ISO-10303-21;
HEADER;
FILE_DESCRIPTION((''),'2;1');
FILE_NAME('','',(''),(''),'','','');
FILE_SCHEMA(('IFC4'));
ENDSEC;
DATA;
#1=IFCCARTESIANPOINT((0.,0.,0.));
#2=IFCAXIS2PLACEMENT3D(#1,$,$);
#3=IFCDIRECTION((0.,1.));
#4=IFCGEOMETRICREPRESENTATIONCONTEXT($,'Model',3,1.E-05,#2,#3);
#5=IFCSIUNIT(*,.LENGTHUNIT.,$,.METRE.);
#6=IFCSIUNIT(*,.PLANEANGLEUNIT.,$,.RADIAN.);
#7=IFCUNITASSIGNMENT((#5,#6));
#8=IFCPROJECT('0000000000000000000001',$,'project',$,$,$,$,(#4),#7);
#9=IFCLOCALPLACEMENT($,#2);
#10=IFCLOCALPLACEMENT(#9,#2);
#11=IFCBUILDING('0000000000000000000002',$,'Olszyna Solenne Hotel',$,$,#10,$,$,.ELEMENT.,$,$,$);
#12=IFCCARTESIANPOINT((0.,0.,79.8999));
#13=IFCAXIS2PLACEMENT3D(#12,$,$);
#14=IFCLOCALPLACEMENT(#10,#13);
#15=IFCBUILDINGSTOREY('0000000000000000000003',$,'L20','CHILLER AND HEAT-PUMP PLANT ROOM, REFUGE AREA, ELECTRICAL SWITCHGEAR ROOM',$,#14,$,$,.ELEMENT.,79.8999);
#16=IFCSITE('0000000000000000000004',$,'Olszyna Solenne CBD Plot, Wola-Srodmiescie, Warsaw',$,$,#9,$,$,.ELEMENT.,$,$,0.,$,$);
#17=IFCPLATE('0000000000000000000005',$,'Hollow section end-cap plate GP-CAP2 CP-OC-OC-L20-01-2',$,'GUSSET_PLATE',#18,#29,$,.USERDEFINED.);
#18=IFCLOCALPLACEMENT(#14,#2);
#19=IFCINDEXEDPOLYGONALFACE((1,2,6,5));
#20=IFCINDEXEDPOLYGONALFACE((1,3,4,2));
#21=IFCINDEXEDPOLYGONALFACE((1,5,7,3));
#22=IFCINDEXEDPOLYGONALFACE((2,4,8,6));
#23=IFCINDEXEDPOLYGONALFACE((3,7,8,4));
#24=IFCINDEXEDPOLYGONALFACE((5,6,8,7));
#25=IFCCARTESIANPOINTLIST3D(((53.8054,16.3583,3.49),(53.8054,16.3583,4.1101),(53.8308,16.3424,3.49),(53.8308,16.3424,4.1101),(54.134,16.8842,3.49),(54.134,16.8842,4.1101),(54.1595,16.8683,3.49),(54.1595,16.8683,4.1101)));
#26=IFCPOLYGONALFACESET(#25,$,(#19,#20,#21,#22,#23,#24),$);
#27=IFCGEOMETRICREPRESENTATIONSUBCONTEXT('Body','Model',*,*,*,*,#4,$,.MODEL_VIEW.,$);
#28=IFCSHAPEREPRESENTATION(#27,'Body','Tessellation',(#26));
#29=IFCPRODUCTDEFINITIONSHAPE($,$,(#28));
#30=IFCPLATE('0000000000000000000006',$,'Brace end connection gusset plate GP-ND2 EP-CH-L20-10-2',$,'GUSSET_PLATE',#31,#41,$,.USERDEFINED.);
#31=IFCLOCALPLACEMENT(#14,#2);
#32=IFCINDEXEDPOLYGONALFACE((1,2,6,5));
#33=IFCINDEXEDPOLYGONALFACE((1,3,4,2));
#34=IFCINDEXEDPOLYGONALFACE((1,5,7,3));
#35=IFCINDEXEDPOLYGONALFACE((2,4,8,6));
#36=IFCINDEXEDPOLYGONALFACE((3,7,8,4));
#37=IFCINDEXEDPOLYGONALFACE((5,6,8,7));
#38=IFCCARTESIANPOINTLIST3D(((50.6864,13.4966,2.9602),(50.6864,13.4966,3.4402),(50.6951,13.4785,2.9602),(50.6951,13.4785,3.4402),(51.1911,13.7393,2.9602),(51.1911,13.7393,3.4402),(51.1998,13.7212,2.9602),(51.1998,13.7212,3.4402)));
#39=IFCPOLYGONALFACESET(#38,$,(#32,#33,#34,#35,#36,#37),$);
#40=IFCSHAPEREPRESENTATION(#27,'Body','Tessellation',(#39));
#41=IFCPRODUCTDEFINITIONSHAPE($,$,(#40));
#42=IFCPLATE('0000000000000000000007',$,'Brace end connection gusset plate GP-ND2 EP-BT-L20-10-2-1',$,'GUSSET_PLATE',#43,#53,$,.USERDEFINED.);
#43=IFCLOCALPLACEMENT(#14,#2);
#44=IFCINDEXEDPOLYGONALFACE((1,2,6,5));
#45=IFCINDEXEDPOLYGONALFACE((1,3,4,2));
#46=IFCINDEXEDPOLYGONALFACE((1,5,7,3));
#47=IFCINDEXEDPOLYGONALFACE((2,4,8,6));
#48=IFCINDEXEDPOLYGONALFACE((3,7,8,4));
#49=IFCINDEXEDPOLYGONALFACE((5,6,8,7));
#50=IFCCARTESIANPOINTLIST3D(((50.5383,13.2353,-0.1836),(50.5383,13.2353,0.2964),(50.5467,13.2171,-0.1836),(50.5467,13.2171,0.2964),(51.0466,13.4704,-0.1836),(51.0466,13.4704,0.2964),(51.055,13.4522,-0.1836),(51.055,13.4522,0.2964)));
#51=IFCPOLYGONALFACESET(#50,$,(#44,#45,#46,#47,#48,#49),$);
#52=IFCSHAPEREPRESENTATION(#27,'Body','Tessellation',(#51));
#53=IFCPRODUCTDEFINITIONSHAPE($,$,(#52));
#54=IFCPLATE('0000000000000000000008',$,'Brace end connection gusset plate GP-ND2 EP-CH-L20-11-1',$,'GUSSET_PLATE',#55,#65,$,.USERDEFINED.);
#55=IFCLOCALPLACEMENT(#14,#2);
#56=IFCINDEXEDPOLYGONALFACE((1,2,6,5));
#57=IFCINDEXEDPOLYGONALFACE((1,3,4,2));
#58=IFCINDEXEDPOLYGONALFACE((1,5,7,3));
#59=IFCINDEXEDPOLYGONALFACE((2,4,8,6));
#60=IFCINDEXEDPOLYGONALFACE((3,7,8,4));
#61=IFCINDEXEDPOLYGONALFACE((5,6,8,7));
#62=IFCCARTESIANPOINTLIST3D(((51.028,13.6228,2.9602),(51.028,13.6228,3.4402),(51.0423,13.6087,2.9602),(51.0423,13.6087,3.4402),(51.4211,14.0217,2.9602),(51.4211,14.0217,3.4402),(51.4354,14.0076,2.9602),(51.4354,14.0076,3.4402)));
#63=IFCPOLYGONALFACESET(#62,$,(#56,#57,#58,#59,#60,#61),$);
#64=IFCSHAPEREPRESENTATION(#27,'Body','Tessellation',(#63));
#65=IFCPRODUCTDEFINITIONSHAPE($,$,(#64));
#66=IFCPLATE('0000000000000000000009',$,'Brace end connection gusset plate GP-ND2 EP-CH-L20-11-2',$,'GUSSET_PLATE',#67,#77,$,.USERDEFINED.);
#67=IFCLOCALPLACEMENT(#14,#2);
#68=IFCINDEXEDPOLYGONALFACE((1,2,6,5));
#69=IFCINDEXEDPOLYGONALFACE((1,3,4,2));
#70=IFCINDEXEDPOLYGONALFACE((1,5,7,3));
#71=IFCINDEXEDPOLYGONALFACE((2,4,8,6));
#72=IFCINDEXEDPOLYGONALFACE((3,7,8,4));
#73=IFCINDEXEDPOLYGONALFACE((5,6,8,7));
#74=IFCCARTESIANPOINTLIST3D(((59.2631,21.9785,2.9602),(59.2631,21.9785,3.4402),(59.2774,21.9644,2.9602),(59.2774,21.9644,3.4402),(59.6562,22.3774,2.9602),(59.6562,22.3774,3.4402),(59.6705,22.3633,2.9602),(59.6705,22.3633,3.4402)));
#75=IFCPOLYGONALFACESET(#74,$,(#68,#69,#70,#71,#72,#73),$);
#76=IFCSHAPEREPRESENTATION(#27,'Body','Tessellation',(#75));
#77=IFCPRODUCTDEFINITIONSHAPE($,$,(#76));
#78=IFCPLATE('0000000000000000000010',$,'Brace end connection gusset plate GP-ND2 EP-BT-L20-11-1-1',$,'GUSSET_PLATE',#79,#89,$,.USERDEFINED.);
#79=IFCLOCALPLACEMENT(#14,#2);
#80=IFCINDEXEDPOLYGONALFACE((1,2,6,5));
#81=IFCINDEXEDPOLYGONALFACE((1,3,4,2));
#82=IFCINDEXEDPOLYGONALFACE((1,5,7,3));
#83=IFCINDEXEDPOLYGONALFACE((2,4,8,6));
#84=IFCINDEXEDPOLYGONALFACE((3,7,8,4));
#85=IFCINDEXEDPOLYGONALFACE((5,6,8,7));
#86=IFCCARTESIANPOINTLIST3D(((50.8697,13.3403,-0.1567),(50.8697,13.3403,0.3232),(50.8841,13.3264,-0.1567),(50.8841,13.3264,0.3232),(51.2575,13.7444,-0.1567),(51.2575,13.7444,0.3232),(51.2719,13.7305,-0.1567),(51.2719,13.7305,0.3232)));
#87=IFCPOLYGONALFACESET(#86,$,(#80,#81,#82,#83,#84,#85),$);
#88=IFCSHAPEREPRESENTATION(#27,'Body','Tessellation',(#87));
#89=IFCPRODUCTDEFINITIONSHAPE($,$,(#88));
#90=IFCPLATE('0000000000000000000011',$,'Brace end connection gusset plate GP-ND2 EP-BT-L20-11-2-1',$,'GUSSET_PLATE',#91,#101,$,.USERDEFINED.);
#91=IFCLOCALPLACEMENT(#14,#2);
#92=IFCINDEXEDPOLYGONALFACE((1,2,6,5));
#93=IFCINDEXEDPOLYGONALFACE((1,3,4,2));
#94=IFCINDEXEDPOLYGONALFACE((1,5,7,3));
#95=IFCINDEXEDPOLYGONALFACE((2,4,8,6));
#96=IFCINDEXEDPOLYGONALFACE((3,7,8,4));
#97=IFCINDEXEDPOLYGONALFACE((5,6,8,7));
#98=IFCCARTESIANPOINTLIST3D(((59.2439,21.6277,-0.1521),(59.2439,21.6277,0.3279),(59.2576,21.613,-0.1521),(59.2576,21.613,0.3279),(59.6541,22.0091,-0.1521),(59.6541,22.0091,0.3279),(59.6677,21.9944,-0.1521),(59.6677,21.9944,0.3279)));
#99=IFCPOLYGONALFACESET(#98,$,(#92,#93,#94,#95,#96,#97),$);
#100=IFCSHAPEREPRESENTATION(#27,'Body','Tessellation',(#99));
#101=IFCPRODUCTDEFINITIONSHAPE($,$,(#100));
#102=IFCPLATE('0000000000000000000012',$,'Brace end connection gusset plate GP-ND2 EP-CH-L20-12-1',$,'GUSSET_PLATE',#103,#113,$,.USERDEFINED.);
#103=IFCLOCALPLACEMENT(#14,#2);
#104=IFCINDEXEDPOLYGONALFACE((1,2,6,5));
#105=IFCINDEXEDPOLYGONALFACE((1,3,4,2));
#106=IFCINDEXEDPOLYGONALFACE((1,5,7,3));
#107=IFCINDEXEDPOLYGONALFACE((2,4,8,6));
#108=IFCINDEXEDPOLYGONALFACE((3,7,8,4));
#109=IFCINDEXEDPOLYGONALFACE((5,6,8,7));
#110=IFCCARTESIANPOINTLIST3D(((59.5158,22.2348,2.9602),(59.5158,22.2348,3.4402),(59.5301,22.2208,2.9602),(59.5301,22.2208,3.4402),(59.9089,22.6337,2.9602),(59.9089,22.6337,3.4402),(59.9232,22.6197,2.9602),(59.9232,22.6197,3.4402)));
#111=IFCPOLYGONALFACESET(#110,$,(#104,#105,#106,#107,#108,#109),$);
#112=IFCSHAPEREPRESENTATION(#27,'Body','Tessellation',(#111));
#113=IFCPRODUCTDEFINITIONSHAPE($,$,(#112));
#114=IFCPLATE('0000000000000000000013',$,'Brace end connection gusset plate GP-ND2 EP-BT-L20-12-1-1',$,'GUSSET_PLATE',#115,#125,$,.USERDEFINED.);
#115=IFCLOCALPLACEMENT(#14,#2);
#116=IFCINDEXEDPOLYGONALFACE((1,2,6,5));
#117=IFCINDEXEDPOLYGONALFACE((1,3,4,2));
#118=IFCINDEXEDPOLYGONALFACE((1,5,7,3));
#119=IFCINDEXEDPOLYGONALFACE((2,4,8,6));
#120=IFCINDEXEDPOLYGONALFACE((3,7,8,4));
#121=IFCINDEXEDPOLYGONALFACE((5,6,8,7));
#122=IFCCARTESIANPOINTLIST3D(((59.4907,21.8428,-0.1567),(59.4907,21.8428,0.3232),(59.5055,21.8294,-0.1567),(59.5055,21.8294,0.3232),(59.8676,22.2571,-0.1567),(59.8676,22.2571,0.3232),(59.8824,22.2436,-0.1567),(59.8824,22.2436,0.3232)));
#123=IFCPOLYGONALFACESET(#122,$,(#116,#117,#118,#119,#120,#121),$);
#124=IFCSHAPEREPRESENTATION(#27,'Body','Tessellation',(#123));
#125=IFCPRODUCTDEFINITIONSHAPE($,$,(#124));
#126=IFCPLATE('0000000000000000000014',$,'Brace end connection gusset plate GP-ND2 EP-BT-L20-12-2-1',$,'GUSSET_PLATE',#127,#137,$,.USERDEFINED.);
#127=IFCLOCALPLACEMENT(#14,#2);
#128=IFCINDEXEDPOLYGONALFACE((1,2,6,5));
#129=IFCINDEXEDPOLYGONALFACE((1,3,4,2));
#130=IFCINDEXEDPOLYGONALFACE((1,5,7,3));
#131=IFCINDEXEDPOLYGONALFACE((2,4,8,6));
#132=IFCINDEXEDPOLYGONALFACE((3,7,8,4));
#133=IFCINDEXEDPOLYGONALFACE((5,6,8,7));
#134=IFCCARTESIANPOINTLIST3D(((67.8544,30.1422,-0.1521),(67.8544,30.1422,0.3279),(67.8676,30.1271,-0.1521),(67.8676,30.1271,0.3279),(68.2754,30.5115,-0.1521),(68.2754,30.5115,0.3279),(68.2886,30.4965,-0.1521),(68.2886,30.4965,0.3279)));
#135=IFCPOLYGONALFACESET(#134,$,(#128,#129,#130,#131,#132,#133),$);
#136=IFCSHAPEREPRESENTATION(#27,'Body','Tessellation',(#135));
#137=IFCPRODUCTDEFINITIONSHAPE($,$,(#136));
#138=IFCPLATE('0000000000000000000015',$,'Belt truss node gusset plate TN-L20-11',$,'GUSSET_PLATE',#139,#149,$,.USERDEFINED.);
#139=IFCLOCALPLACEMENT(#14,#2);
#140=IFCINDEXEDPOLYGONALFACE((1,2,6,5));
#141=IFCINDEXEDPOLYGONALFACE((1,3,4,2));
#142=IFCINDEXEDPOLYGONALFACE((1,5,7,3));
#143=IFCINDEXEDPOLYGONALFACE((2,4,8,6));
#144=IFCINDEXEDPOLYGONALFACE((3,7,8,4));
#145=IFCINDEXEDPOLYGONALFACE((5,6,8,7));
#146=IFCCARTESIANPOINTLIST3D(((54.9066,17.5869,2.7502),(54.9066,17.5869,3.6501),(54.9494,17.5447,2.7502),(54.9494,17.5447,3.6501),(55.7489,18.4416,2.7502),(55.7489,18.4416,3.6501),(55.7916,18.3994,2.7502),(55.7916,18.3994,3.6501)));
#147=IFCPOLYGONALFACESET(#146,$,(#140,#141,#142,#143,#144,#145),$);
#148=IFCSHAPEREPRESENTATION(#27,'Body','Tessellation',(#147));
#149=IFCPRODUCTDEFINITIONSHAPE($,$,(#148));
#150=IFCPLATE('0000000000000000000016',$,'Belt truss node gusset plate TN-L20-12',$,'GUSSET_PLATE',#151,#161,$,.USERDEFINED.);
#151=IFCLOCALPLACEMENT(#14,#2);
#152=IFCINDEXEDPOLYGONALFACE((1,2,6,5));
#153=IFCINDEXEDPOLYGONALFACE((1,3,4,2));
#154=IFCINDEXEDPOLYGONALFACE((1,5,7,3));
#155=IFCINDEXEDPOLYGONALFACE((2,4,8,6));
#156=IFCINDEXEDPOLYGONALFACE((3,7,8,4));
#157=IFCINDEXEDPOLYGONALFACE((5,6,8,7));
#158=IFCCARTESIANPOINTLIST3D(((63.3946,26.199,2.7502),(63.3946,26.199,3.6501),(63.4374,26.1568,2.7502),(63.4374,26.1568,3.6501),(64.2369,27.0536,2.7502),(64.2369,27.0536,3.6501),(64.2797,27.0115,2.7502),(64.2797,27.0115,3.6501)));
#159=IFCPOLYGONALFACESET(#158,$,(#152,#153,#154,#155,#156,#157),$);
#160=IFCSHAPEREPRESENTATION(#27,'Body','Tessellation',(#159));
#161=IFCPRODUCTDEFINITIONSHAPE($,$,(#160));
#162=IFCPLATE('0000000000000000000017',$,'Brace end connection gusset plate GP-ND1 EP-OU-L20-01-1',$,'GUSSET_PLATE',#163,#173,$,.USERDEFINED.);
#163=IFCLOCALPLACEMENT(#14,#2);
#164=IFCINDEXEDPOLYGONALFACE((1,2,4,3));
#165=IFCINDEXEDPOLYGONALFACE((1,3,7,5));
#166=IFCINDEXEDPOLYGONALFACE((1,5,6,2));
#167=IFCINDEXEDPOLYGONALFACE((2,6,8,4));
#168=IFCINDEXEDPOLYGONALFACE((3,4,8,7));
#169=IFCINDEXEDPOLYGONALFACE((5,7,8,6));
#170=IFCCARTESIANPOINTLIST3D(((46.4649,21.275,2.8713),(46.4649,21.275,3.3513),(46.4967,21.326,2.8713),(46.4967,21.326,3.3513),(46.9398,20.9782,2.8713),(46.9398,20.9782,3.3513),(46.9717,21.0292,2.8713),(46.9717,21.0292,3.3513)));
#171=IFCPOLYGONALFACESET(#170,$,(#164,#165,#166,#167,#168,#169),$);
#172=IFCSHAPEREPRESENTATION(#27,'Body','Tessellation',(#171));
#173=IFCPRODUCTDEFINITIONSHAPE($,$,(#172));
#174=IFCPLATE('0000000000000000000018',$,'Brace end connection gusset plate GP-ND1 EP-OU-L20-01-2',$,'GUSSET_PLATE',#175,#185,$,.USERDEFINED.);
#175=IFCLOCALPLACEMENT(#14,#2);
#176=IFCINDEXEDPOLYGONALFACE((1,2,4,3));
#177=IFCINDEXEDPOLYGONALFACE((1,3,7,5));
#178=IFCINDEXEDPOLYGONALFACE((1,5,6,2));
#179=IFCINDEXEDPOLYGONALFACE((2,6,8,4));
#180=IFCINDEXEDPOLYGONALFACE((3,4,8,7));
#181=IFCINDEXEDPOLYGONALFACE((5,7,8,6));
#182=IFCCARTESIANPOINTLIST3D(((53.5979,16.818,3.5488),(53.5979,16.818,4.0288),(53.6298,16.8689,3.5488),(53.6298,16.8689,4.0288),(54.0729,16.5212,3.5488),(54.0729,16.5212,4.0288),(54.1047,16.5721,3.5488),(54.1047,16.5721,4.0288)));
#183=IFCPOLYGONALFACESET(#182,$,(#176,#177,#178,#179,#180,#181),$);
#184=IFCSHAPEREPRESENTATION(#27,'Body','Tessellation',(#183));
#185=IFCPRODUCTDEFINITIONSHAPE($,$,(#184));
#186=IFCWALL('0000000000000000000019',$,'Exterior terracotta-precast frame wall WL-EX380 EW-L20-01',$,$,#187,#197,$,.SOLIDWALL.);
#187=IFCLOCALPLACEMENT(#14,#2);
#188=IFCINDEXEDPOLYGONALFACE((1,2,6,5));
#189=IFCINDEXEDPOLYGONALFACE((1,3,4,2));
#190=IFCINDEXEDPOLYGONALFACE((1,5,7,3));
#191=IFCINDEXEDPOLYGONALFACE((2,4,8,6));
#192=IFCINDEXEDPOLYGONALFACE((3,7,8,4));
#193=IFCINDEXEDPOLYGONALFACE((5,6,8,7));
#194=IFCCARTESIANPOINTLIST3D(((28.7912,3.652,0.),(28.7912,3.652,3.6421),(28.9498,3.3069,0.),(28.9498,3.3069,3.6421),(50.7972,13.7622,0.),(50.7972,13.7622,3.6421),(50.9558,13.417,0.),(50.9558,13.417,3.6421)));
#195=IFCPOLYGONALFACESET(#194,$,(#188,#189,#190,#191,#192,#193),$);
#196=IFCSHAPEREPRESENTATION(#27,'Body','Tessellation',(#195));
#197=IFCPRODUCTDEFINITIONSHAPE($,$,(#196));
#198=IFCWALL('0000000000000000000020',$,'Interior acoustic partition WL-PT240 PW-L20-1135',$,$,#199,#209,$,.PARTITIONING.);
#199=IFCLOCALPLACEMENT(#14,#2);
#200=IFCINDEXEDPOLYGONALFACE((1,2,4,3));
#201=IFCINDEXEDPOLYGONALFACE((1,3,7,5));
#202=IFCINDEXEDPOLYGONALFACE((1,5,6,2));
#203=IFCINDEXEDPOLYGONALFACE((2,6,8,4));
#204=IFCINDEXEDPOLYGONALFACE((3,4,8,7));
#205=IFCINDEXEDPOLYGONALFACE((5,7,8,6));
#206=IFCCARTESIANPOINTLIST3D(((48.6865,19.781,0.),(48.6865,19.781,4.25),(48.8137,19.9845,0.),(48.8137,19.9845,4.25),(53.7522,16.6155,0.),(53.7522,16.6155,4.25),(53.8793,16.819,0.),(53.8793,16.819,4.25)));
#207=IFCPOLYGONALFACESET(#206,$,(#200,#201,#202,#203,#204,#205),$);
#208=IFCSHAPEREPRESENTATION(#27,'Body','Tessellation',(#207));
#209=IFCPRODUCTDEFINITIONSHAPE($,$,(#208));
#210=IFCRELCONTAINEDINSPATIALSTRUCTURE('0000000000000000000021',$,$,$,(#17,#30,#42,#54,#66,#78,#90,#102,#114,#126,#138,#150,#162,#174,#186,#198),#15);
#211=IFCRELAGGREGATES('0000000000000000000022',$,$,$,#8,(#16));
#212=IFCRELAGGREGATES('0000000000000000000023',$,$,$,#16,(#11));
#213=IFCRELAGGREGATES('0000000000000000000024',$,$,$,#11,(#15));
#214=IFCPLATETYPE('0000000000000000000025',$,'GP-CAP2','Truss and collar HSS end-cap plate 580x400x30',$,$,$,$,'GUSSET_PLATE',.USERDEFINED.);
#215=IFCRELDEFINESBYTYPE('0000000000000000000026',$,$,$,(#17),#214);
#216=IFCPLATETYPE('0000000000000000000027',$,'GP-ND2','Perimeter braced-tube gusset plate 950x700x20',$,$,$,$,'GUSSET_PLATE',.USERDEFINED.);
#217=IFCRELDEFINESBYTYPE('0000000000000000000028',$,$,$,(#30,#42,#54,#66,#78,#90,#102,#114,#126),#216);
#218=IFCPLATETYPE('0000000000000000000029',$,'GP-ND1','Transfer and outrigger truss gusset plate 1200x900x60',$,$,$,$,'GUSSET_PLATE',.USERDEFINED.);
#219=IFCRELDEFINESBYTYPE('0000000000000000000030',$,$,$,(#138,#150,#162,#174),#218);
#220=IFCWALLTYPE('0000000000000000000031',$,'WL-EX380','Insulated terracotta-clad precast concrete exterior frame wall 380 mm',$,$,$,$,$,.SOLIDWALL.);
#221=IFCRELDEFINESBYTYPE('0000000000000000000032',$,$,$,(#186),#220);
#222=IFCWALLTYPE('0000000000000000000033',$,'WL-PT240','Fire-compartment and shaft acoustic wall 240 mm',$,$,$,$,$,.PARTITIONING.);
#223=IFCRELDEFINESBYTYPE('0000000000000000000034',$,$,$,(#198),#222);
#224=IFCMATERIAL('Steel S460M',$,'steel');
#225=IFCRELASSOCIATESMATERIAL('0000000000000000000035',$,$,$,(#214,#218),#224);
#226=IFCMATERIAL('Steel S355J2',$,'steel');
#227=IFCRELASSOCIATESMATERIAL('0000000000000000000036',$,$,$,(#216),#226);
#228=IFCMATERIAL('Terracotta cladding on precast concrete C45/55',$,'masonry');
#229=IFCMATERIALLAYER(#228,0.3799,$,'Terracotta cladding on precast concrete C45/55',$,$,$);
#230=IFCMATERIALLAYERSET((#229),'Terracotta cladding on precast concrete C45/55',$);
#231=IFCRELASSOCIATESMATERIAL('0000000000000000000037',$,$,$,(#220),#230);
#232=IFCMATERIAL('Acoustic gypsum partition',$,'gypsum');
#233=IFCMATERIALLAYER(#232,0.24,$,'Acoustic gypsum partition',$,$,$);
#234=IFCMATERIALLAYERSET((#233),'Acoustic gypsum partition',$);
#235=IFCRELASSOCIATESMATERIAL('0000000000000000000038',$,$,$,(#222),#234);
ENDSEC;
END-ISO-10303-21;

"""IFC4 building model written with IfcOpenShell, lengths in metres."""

from ifc_helpers import new_model, si_unit, direction, frame, frame_2d, origin, origin_2d, place, context, subcontext, project, spatial, rectangle, extrude, source, transform, mapped, material, layer, layer_set, type_object, element, save


model = new_model("IFC4")

# Units and contexts
model_context = context("Model", 3, precision=1e-05, world=origin(), true_north=direction((0.0, 1.0)))
body_context = subcontext(model_context, "Body", "Model", "MODEL_VIEW")
ifc_project = project(units=[si_unit("LENGTHUNIT", "METRE"), si_unit("PLANEANGLEUNIT", "RADIAN")], contexts=[model_context])

# Site, building, storey
site_placement = place(None, origin())
site = spatial("IfcSite", under=ifc_project, at=site_placement, Name="Olszyna Solenne CBD Plot, Wola-Srodmiescie, Warsaw", CompositionType="ELEMENT", RefElevation=0.0)
building_placement = place(site_placement, origin())
building = spatial("IfcBuilding", under=site, at=building_placement, Name="Olszyna Solenne Hotel", CompositionType="ELEMENT")
storey_placement = place(building_placement, frame((0.0, 0.0, 79.8999)))
storey = spatial("IfcBuildingStorey", under=building, at=storey_placement, Name="L20", Description="CHILLER AND HEAT-PUMP PLANT ROOM, REFUGE AREA, ELECTRICAL SWITCHGEAR ROOM", CompositionType="ELEMENT", Elevation=79.8999)

# Shared definitions
ifc_material_1 = material(Name="Steel S460M", Category="steel")

# Shared definitions
ifc_material_2 = material(Name="Steel S355J2", Category="steel")

# Plates
plate_type_1 = type_object("IfcPlateType", Name="GP-CAP2", Description="Truss and collar HSS end-cap plate 580x400x30", ElementType="GUSSET_PLATE", PredefinedType="USERDEFINED", material=ifc_material_1)
shared_shape_1 = source(origin(), body_context, "Body", "SweptSolid", [
    extrude(rectangle(XDim=0.03, YDim=0.6201, at=origin_2d()), origin(), (0.0, 0.0, 1.0), 0.6201),
])
plate_placement = place(storey_placement, frame((53.9824, 16.6133, 3.49), z_axis=(0.0, 0.0, 1.0), x_axis=(0.848048, -0.529919, 0.0)))
element("IfcPlate", 1, at=plate_placement, inside=storey, type_object=plate_type_1, Name="Hollow section end-cap plate GP-CAP2 CP-OC-OC-L20-01-2", ObjectType="GUSSET_PLATE", PredefinedType="USERDEFINED", context=body_context, shape_type="MappedRepresentation", body=[
    mapped(shared_shape_1, transform((0.0, 0.0, 0.0), x_axis=(1.0, 0.0, 0.0), y_axis=(0.0, 1.0, 0.0), z_axis=(0.0, 0.0, 1.0), scale=1.0)),
])
plate_type_2 = type_object("IfcPlateType", Name="GP-ND2", Description="Perimeter braced-tube gusset plate 950x700x20", ElementType="GUSSET_PLATE", PredefinedType="USERDEFINED", material=ifc_material_2)
shared_shape_2 = source(origin(), body_context, "Body", "SweptSolid", [
    extrude(rectangle(XDim=0.5601, YDim=0.02, at=origin_2d()), origin(), (0.0, 0.0, 1.0), 0.48),
])
for number, where, z_axis, x_axis, name in (
    (2, (50.9431, 13.6089, 2.9602), (0.0, 0.0, 1.0), (0.901228, 0.433345, 0.0), "Brace end connection gusset plate GP-ND2 EP-CH-L20-10-2"),
    (3, (50.7966, 13.3438, -0.1836), (0.0, 0.0, 1.0), (-0.907631, -0.419769, 0.0), "Brace end connection gusset plate GP-ND2 EP-BT-L20-10-2-1"),
    (4, (51.2317, 13.8152, 2.9602), (0.0, 0.0, 1.0), (0.701904, 0.712271, 0.0), "Brace end connection gusset plate GP-ND2 EP-CH-L20-11-1"),
    (5, (59.4668, 22.1709, 2.9602), (0.0, 0.0, 1.0), (0.701904, 0.712271, 0.0), "Brace end connection gusset plate GP-ND2 EP-CH-L20-11-2"),
    (6, (51.0708, 13.5354, -0.1567), (0.0, 0.0, 1.0), (0.692395, 0.721519, 0.0), "Brace end connection gusset plate GP-ND2 EP-BT-L20-11-1-1"),
    (7, (59.4558, 21.811, -0.1521), (0.0, 0.0, 1.0), (-0.732305, -0.680977, 0.0), "Brace end connection gusset plate GP-ND2 EP-BT-L20-11-2-1"),
    (8, (59.7195, 22.4272, 2.9602), (0.0, 0.0, 1.0), (0.701904, 0.712271, 0.0), "Brace end connection gusset plate GP-ND2 EP-CH-L20-12-1"),
    (9, (59.6865, 22.0432, -0.1567), (0.0, 0.0, 1.0), (0.673013, 0.739631, 0.0), "Brace end connection gusset plate GP-ND2 EP-BT-L20-12-1-1"),
    (10, (68.0715, 30.3193, -0.1521), (0.0, 0.0, 1.0), (-0.751725, -0.659477, 0.0), "Brace end connection gusset plate GP-ND2 EP-BT-L20-12-2-1"),
):
    element("IfcPlate", number, at=place(storey_placement, frame(where, z_axis=z_axis, x_axis=x_axis)), inside=storey, type_object=plate_type_2, Name=name, ObjectType="GUSSET_PLATE", PredefinedType="USERDEFINED", context=body_context, shape_type="MappedRepresentation", body=[
        mapped(shared_shape_2, transform((0.0, 0.0, 0.0), x_axis=(1.0, 0.0, 0.0), y_axis=(0.0, 1.0, 0.0), z_axis=(0.0, 0.0, 1.0), scale=1.0)),
    ])
plate_type_3 = type_object("IfcPlateType", Name="GP-ND1", Description="Transfer and outrigger truss gusset plate 1200x900x60", ElementType="GUSSET_PLATE", PredefinedType="USERDEFINED", material=ifc_material_1)
shared_shape_3 = source(origin(), body_context, "Body", "SweptSolid", [
    extrude(rectangle(XDim=1.2, YDim=0.0601, at=origin_2d()), origin(), (0.0, 0.0, 1.0), 0.8999),
])
for number, where, z_axis, x_axis, name in (
    (11, (55.3491, 17.9932, 2.7502), (0.0, 0.0, 1.0), (0.701904, 0.712271, 0.0), "Belt truss node gusset plate TN-L20-11"),
    (12, (63.8372, 26.6052, 2.7502), (0.0, 0.0, 1.0), (0.701904, 0.712271, 0.0), "Belt truss node gusset plate TN-L20-12"),
):
    element("IfcPlate", number, at=place(storey_placement, frame(where, z_axis=z_axis, x_axis=x_axis)), inside=storey, type_object=plate_type_3, Name=name, ObjectType="GUSSET_PLATE", PredefinedType="USERDEFINED", context=body_context, shape_type="MappedRepresentation", body=[
        mapped(shared_shape_3, transform((0.0, 0.0, 0.0), x_axis=(1.0, 0.0, 0.0), y_axis=(0.0, 1.0, 0.0), z_axis=(0.0, 0.0, 1.0), scale=1.0)),
    ])
shared_shape_4 = source(origin(), body_context, "Body", "SweptSolid", [
    extrude(rectangle(XDim=0.5601, YDim=0.0601, at=origin_2d()), origin(), (0.0, 0.0, 1.0), 0.48),
])
for number, where, z_axis, x_axis, name in (
    (13, (46.7183, 21.1521, 2.8713), (0.0, 0.0, 1.0), (0.848048, -0.529919, 0.0), "Brace end connection gusset plate GP-ND1 EP-OU-L20-01-1"),
    (14, (53.8513, 16.6951, 3.5488), (0.0, 0.0, 1.0), (0.848048, -0.529919, 0.0), "Brace end connection gusset plate GP-ND1 EP-OU-L20-01-2"),
):
    element("IfcPlate", number, at=place(storey_placement, frame(where, z_axis=z_axis, x_axis=x_axis)), inside=storey, type_object=plate_type_3, Name=name, ObjectType="GUSSET_PLATE", PredefinedType="USERDEFINED", context=body_context, shape_type="MappedRepresentation", body=[
        mapped(shared_shape_4, transform((0.0, 0.0, 0.0), x_axis=(1.0, 0.0, 0.0), y_axis=(0.0, 1.0, 0.0), z_axis=(0.0, 0.0, 1.0), scale=1.0)),
    ])

# Walls
ifc_material_3 = material(Name="Terracotta cladding on precast concrete C45/55", Category="masonry")
ifc_layer_1 = layer(ifc_material_3, 0.3799, Name="Terracotta cladding on precast concrete C45/55")
ifc_layer_set_1 = layer_set([ifc_layer_1], Name="Terracotta cladding on precast concrete C45/55")
wall_type_1 = type_object("IfcWallType", Name="WL-EX380", Description="Insulated terracotta-clad precast concrete exterior frame wall 380 mm", PredefinedType="SOLIDWALL", material=ifc_layer_set_1)
wall_1_placement = place(storey_placement, frame((50.8765, 13.5896, 0.0), z_axis=(0.0, 0.0, 1.0), x_axis=(-0.908688, -0.417477, 0.0)))
element("IfcWall", 15, at=wall_1_placement, inside=storey, type_object=wall_type_1, Name="Exterior terracotta-precast frame wall WL-EX380 EW-L20-01", PredefinedType="SOLIDWALL", context=body_context, shape_type="SweptSolid", body=[
    extrude(rectangle(XDim=24.2173, YDim=0.3799, at=frame_2d((12.1086, 0.0))), origin(), (0.0, 0.0, 1.0), 3.6421),
])
ifc_material_4 = material(Name="Acoustic gypsum partition", Category="gypsum")
ifc_layer_2 = layer(ifc_material_4, 0.24, Name="Acoustic gypsum partition")
ifc_layer_set_2 = layer_set([ifc_layer_2], Name="Acoustic gypsum partition")
wall_type_2 = type_object("IfcWallType", Name="WL-PT240", Description="Fire-compartment and shaft acoustic wall 240 mm", PredefinedType="PARTITIONING", material=ifc_layer_set_2)
wall_2_placement = place(storey_placement, frame((48.75, 19.8828, 0.0), z_axis=(0.0, 0.0, 1.0), x_axis=(0.848037, -0.529936, 0.0)))
element("IfcWall", 16, at=wall_2_placement, inside=storey, type_object=wall_type_2, Name="Interior acoustic partition WL-PT240 PW-L20-1135", PredefinedType="PARTITIONING", context=body_context, shape_type="SweptSolid", body=[
    extrude(rectangle(XDim=5.9734, YDim=0.24, at=frame_2d((2.9868, 0.0))), origin(), (0.0, 0.0, 1.0), 4.25),
])

save(model, "model.ifc")
